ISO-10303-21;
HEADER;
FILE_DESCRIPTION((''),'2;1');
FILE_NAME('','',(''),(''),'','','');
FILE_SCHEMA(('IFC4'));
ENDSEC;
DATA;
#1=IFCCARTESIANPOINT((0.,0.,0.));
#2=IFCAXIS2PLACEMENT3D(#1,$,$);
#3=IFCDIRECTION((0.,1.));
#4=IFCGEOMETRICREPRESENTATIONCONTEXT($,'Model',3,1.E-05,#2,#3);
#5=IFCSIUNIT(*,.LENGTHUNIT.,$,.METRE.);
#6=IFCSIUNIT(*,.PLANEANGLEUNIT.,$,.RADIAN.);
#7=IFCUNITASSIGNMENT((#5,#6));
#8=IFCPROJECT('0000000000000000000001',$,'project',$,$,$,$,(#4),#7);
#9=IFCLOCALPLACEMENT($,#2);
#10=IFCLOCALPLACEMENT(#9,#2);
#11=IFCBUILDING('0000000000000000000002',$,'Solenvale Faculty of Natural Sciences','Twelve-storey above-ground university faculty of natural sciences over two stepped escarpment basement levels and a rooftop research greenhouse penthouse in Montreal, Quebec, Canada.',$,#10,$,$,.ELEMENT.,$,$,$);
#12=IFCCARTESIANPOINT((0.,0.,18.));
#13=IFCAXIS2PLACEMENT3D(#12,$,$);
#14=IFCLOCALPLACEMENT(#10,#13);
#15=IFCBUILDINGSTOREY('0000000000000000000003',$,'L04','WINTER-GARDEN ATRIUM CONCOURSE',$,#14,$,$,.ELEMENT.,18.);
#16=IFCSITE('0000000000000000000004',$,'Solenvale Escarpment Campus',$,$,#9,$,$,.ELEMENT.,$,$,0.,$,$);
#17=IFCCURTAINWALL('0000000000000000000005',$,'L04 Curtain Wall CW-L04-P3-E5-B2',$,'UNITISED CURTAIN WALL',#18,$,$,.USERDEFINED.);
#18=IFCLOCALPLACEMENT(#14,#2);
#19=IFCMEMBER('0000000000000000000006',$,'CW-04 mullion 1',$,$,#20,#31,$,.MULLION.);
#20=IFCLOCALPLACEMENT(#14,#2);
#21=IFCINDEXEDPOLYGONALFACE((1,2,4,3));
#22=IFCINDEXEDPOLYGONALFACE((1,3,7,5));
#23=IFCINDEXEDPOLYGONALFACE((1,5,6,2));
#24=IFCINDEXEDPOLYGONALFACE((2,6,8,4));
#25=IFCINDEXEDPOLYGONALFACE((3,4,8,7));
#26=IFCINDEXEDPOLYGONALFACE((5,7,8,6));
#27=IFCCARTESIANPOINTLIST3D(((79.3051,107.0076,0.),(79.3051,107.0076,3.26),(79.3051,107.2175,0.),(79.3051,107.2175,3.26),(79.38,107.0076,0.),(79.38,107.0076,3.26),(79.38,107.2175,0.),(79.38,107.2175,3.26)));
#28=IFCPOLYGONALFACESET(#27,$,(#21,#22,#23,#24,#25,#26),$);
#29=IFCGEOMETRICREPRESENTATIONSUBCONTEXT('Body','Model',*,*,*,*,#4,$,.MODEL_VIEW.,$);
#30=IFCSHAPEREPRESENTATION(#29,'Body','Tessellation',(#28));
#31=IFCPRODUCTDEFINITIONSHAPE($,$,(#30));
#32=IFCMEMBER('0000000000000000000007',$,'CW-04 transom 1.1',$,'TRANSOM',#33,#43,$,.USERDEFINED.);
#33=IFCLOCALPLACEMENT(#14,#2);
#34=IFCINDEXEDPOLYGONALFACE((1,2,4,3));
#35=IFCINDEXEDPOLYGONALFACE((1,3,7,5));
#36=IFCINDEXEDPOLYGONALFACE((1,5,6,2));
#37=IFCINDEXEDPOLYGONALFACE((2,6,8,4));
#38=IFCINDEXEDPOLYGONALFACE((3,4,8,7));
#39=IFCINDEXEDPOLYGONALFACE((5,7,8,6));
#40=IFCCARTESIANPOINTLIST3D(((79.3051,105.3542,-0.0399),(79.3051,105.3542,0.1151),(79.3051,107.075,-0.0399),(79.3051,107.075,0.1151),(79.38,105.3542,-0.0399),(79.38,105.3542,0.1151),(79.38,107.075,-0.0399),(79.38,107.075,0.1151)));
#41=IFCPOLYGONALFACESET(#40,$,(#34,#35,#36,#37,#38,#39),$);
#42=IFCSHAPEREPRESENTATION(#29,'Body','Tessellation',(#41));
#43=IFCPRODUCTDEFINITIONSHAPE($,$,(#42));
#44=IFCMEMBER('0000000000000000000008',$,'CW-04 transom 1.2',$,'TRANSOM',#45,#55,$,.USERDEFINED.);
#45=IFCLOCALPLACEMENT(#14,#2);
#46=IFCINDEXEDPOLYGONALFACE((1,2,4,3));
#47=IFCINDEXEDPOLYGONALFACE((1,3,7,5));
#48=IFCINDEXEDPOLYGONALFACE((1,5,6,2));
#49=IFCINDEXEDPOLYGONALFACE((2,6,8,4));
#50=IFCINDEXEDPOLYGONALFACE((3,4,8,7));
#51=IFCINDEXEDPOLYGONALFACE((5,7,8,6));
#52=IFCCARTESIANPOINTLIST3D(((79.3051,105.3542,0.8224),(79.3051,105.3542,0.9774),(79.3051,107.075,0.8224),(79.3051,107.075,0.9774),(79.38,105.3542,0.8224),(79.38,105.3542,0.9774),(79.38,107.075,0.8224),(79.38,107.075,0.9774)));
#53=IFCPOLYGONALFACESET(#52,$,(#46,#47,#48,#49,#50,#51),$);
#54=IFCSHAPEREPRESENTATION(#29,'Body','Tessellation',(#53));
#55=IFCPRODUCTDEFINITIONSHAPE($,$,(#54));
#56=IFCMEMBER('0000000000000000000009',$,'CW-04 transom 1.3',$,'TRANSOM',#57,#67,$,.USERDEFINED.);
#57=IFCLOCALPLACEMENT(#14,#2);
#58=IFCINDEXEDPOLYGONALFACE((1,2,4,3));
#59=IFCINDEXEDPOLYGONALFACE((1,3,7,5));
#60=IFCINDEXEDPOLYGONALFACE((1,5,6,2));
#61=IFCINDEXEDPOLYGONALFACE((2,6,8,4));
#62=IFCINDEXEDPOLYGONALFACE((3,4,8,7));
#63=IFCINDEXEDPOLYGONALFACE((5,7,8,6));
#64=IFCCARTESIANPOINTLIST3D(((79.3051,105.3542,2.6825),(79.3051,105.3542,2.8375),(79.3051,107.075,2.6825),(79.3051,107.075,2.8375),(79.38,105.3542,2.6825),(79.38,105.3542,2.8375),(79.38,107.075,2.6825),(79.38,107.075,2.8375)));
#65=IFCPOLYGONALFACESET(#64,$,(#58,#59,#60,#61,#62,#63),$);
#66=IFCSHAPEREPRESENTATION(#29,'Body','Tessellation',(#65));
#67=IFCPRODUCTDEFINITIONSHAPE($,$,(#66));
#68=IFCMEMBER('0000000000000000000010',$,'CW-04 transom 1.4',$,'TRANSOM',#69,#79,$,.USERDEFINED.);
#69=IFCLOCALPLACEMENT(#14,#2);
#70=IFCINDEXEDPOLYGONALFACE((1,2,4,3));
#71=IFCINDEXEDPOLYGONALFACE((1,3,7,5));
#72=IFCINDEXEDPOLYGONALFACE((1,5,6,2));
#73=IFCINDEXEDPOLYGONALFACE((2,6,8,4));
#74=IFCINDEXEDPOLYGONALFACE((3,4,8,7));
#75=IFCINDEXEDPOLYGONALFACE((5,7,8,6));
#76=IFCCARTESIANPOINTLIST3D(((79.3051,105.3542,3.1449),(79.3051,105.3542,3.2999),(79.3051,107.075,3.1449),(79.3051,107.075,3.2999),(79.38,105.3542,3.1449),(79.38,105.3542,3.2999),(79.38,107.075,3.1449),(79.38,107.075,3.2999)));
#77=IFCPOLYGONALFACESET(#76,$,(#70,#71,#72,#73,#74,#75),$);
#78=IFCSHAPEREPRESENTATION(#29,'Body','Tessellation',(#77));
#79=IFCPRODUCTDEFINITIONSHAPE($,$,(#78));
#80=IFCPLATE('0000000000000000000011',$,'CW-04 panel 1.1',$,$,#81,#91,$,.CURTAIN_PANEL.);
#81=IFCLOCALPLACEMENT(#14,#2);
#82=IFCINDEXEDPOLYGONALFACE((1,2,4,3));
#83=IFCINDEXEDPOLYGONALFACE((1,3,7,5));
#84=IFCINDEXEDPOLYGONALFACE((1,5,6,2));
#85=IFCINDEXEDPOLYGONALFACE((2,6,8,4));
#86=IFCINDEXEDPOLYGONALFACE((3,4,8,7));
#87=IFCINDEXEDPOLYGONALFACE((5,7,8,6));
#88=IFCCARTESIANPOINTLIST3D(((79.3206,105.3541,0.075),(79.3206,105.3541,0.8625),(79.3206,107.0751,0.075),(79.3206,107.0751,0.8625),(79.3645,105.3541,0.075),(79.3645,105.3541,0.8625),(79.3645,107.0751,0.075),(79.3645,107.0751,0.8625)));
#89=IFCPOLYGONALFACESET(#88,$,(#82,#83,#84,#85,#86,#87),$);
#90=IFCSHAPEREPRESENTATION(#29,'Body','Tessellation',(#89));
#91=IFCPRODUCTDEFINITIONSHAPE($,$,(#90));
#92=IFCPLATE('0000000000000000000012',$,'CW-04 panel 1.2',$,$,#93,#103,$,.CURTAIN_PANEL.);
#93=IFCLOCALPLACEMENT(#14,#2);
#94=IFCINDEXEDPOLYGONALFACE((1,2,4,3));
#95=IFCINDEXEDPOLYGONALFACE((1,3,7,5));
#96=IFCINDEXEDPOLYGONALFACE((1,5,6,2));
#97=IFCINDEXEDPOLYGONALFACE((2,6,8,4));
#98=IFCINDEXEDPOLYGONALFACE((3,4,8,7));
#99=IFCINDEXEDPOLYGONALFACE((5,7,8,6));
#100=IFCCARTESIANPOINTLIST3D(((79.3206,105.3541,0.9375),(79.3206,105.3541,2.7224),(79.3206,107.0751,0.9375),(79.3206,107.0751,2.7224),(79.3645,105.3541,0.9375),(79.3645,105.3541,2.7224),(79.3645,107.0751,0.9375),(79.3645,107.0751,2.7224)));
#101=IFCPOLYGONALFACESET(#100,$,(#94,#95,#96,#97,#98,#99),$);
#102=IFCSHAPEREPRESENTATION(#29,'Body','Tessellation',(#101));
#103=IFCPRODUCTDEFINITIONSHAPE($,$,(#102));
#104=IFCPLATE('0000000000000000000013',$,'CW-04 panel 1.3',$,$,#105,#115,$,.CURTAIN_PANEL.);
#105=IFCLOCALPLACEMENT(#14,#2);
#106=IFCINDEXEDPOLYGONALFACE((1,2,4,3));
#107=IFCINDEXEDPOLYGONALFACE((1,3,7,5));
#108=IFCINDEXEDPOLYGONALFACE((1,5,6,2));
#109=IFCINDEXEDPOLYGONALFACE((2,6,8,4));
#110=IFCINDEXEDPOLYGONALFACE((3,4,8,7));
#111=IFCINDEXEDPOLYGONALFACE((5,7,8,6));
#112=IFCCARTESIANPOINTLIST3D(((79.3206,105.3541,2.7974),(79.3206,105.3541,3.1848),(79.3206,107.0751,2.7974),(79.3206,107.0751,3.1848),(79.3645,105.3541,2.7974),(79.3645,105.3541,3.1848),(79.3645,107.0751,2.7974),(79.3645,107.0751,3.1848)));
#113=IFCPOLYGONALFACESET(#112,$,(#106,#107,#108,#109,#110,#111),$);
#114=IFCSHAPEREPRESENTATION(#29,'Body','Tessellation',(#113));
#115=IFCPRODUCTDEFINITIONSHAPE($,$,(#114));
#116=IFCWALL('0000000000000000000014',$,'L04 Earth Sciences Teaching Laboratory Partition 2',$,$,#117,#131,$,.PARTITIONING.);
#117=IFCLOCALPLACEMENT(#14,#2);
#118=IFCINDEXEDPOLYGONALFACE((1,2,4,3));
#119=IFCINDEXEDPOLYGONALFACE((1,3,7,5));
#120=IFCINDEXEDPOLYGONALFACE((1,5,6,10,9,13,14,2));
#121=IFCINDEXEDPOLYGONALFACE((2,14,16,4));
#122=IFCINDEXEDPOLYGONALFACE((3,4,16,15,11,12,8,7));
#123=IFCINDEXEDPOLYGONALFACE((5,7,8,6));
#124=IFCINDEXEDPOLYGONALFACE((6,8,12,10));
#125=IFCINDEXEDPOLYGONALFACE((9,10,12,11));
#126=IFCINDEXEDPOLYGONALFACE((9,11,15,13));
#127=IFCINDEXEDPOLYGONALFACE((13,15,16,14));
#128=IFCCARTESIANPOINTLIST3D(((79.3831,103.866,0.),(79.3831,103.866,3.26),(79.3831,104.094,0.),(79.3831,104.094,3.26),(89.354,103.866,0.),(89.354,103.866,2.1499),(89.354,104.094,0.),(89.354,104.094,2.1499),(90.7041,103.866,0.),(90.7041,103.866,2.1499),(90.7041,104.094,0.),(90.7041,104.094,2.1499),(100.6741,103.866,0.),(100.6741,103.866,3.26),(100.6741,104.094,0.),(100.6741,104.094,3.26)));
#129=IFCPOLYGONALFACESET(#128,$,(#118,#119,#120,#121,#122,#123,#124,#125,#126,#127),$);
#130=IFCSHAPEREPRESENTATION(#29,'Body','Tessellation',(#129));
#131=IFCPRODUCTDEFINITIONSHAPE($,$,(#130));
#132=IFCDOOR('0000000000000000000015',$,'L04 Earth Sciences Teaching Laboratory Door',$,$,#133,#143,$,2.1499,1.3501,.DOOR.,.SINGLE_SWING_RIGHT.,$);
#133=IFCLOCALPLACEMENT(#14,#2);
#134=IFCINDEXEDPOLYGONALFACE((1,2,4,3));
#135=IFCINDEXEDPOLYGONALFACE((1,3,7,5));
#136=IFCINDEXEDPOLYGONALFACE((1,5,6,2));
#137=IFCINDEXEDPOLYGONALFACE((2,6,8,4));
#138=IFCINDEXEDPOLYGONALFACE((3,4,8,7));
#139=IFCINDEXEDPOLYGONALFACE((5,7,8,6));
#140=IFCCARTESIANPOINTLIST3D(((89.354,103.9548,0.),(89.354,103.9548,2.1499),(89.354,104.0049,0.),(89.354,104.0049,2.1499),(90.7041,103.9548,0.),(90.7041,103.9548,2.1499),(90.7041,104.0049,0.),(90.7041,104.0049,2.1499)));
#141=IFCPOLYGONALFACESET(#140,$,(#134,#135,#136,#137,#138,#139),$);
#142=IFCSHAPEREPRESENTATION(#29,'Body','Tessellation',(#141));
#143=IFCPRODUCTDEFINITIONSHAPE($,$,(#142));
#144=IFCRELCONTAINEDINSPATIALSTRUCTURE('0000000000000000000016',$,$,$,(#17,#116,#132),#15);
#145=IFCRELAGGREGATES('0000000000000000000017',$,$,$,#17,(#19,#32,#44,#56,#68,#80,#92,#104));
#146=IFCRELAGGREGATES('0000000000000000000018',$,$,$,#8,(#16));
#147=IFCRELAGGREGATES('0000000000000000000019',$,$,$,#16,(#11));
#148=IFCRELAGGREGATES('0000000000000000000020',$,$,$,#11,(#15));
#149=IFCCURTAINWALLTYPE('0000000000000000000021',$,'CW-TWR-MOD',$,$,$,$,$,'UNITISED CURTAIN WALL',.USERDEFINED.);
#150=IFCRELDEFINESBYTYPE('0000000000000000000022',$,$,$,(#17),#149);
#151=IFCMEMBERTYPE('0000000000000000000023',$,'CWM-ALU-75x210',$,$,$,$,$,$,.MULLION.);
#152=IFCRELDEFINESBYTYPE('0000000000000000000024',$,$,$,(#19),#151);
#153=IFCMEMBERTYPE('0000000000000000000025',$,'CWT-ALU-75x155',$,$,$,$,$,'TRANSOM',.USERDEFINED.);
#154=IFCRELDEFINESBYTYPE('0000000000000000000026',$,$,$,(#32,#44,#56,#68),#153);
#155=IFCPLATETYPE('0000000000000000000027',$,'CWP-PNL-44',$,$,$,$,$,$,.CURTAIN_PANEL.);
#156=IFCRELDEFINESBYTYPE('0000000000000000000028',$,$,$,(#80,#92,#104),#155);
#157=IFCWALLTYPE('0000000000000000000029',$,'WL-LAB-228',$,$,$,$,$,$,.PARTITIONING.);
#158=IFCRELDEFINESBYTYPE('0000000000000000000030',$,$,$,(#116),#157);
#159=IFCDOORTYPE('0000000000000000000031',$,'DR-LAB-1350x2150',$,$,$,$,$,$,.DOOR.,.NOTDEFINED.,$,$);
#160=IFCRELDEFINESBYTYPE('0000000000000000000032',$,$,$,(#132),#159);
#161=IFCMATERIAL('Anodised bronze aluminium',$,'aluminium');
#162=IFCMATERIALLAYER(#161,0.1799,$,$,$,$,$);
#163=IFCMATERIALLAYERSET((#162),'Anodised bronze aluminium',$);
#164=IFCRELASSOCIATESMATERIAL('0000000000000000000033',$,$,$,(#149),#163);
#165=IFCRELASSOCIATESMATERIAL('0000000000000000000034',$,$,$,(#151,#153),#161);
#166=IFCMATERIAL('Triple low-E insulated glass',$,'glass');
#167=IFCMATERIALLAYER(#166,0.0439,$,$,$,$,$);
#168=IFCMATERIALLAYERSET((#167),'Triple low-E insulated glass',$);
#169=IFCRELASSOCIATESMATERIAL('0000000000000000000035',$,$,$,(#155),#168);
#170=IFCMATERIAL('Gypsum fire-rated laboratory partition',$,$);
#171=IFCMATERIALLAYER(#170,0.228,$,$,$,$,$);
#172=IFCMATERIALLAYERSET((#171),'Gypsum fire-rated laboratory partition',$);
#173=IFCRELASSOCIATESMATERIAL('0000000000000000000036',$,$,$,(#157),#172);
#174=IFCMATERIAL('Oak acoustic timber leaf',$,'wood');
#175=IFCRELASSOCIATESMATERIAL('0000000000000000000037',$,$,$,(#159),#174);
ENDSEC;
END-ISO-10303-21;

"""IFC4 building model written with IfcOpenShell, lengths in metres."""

from ifc_helpers import new_model, si_unit, direction, frame, frame_2d, origin, origin_2d, place, context, subcontext, project, spatial, rectangle, extrude, material, layer, layer_set, material_profile, profile_set, type_object, element, fill, aggregate, save


model = new_model("IFC4")

# Units and contexts
model_context = context("Model", 3, precision=1e-05, world=origin(), true_north=direction((0.0, 1.0)))
body_context = subcontext(model_context, "Body", "Model", "MODEL_VIEW")
ifc_project = project(units=[si_unit("LENGTHUNIT", "METRE"), si_unit("PLANEANGLEUNIT", "RADIAN")], contexts=[model_context])

# Site, building, storey
site_placement = place(None, origin())
site = spatial("IfcSite", under=ifc_project, at=site_placement, Name="Solenvale Escarpment Campus", CompositionType="ELEMENT", RefElevation=0.0)
building_placement = place(site_placement, origin())
building = spatial("IfcBuilding", under=site, at=building_placement, Name="Solenvale Faculty of Natural Sciences", Description="Twelve-storey above-ground university faculty of natural sciences over two stepped escarpment basement levels and a rooftop research greenhouse penthouse in Montreal, Quebec, Canada.", CompositionType="ELEMENT")
storey_placement = place(building_placement, frame((0.0, 0.0, 18.0)))
storey = spatial("IfcBuildingStorey", under=building, at=storey_placement, Name="L04", Description="WINTER-GARDEN ATRIUM CONCOURSE", CompositionType="ELEMENT", Elevation=18.0)

# Curtain wall, members, plates
ifc_material_1 = material(Name="Anodised bronze aluminium", Category="aluminium")
ifc_layer_1 = layer(ifc_material_1, 0.1799)
ifc_layer_set_1 = layer_set([ifc_layer_1], Name="Anodised bronze aluminium")
curtain_wall_type = type_object("IfcCurtainWallType", Name="CW-TWR-MOD", ElementType="UNITISED CURTAIN WALL", PredefinedType="USERDEFINED", material=ifc_layer_set_1)
curtain_wall_placement = place(storey_placement, origin())
curtain_wall = element("IfcCurtainWall", 1, at=curtain_wall_placement, inside=storey, type_object=curtain_wall_type, Name="L04 Curtain Wall CW-L04-P3-E5-B2", ObjectType="UNITISED CURTAIN WALL", PredefinedType="USERDEFINED")
ifc_material_profile_1 = material_profile(ifc_material_1, rectangle(XDim=0.075, YDim=0.21, at=origin_2d()), Name="ALU-MUL-75x210")
ifc_profile_set_1 = profile_set([ifc_material_profile_1], Name="Anodised bronze aluminium")
member_type_1 = type_object("IfcMemberType", Name="CWM-ALU-75x210", PredefinedType="MULLION", material=ifc_profile_set_1)
member_1_placement = place(storey_placement, frame((79.3425, 107.1125, 0.0), z_axis=(0.0, 0.0, 1.0), x_axis=(1.0, 0.0, 0.0)))
member_1 = element("IfcMember", 2, at=member_1_placement, type_object=member_type_1, Name="CW-04 mullion 1", PredefinedType="MULLION", context=body_context, shape_type="SweptSolid", body=[
    extrude(rectangle(XDim=0.075, YDim=0.21, at=origin_2d()), origin(), (0.0, 0.0, 1.0), 3.26),
])
ifc_material_profile_2 = material_profile(ifc_material_1, rectangle(XDim=0.075, YDim=0.155, at=origin_2d()), Name="ALU-TRN-75x155")
ifc_profile_set_2 = profile_set([ifc_material_profile_2], Name="Anodised bronze aluminium")
member_type_2 = type_object("IfcMemberType", Name="CWT-ALU-75x155", ElementType="TRANSOM", PredefinedType="USERDEFINED", material=ifc_profile_set_2)
member_2_placement = place(storey_placement, frame((79.3425, 107.075, 0.0376), z_axis=(0.0, -1.0, 0.0), x_axis=(1.0, 0.0, 0.0)))
member_2 = element("IfcMember", 3, at=member_2_placement, type_object=member_type_2, Name="CW-04 transom 1.1", ObjectType="TRANSOM", PredefinedType="USERDEFINED", context=body_context, shape_type="SweptSolid", body=[
    extrude(rectangle(XDim=0.075, YDim=0.155, at=origin_2d()), origin(), (0.0, 0.0, 1.0), 1.7207),
])
member_3_placement = place(storey_placement, frame((79.3425, 107.075, 0.8999), z_axis=(0.0, -1.0, 0.0), x_axis=(1.0, 0.0, 0.0)))
member_3 = element("IfcMember", 4, at=member_3_placement, type_object=member_type_2, Name="CW-04 transom 1.2", ObjectType="TRANSOM", PredefinedType="USERDEFINED", context=body_context, shape_type="SweptSolid", body=[
    extrude(rectangle(XDim=0.075, YDim=0.155, at=origin_2d()), origin(), (0.0, 0.0, 1.0), 1.7207),
])
member_4_placement = place(storey_placement, frame((79.3425, 107.075, 2.76), z_axis=(0.0, -1.0, 0.0), x_axis=(1.0, 0.0, 0.0)))
member_4 = element("IfcMember", 5, at=member_4_placement, type_object=member_type_2, Name="CW-04 transom 1.3", ObjectType="TRANSOM", PredefinedType="USERDEFINED", context=body_context, shape_type="SweptSolid", body=[
    extrude(rectangle(XDim=0.075, YDim=0.155, at=origin_2d()), origin(), (0.0, 0.0, 1.0), 1.7207),
])
member_5_placement = place(storey_placement, frame((79.3425, 107.075, 3.2224), z_axis=(0.0, -1.0, 0.0), x_axis=(1.0, 0.0, 0.0)))
member_5 = element("IfcMember", 6, at=member_5_placement, type_object=member_type_2, Name="CW-04 transom 1.4", ObjectType="TRANSOM", PredefinedType="USERDEFINED", context=body_context, shape_type="SweptSolid", body=[
    extrude(rectangle(XDim=0.075, YDim=0.155, at=origin_2d()), origin(), (0.0, 0.0, 1.0), 1.7207),
])
ifc_material_2 = material(Name="Triple low-E insulated glass", Category="glass")
ifc_layer_2 = layer(ifc_material_2, 0.0439)
ifc_layer_set_2 = layer_set([ifc_layer_2], Name="Triple low-E insulated glass")
plate_type = type_object("IfcPlateType", Name="CWP-PNL-44", PredefinedType="CURTAIN_PANEL", material=ifc_layer_set_2)
plate_1_placement = place(storey_placement, frame((79.3425, 106.2146, 0.075), z_axis=(0.0, 0.0, 1.0), x_axis=(0.0, -1.0, 0.0)))
plate_1 = element("IfcPlate", 7, at=plate_1_placement, type_object=plate_type, Name="CW-04 panel 1.1", PredefinedType="CURTAIN_PANEL", context=body_context, shape_type="SweptSolid", body=[
    extrude(rectangle(XDim=1.7209, YDim=0.0439, at=origin_2d()), origin(), (0.0, 0.0, 1.0), 0.7876),
])
plate_2_placement = place(storey_placement, frame((79.3425, 106.2146, 0.9375), z_axis=(0.0, 0.0, 1.0), x_axis=(0.0, -1.0, 0.0)))
plate_2 = element("IfcPlate", 8, at=plate_2_placement, type_object=plate_type, Name="CW-04 panel 1.2", PredefinedType="CURTAIN_PANEL", context=body_context, shape_type="SweptSolid", body=[
    extrude(rectangle(XDim=1.7209, YDim=0.0439, at=origin_2d()), origin(), (0.0, 0.0, 1.0), 1.7849),
])
plate_3_placement = place(storey_placement, frame((79.3425, 106.2146, 2.7974), z_axis=(0.0, 0.0, 1.0), x_axis=(0.0, -1.0, 0.0)))
plate_3 = element("IfcPlate", 9, at=plate_3_placement, type_object=plate_type, Name="CW-04 panel 1.3", PredefinedType="CURTAIN_PANEL", context=body_context, shape_type="SweptSolid", body=[
    extrude(rectangle(XDim=1.7209, YDim=0.0439, at=origin_2d()), origin(), (0.0, 0.0, 1.0), 0.3875),
])
aggregate(curtain_wall, [member_1, member_2, member_3, member_4, member_5, plate_1, plate_2, plate_3])

# Wall, opening, door
ifc_material_3 = material(Name="Gypsum fire-rated laboratory partition")
ifc_layer_3 = layer(ifc_material_3, 0.228)
ifc_layer_set_3 = layer_set([ifc_layer_3], Name="Gypsum fire-rated laboratory partition")
wall_type = type_object("IfcWallType", Name="WL-LAB-228", PredefinedType="PARTITIONING", material=ifc_layer_set_3)
wall_placement = place(storey_placement, frame((79.3831, 103.98, 0.0), z_axis=(0.0, 0.0, 1.0), x_axis=(1.0, 0.0, 0.0)))
wall = element("IfcWall", 10, at=wall_placement, inside=storey, type_object=wall_type, Name="L04 Earth Sciences Teaching Laboratory Partition 2", PredefinedType="PARTITIONING", context=body_context, shape_type="SweptSolid", body=[
    extrude(rectangle(XDim=21.291, YDim=0.228, at=frame_2d((10.6455, 0.0))), origin(), (0.0, 0.0, 1.0), 3.26),
])
opening_placement = place(wall_placement, frame((9.9709, 0.0, 0.0)))
opening = element("IfcOpeningElement", 11, at=opening_placement, cuts=wall, PredefinedType="OPENING", context=body_context, shape_type="SweptSolid", body=[
    extrude(rectangle(XDim=1.3501, YDim=2.1499, at=frame_2d((0.675, 1.075))), frame((0.0, 0.124, 0.0), z_axis=(0.0, -1.0, 0.0), x_axis=(1.0, 0.0, 0.0)), (0.0, 0.0, 1.0), 0.248),
])
ifc_material_4 = material(Name="Oak acoustic timber leaf", Category="wood")
door_type = type_object("IfcDoorType", Name="DR-LAB-1350x2150", OperationType="NOTDEFINED", PredefinedType="DOOR", material=ifc_material_4)
door_placement = place(opening_placement, origin())
door = element("IfcDoor", 12, at=door_placement, inside=storey, type_object=door_type, Name="L04 Earth Sciences Teaching Laboratory Door", OperationType="SINGLE_SWING_RIGHT", OverallHeight=2.1499, OverallWidth=1.3501, PredefinedType="DOOR", context=body_context, shape_type="SweptSolid", body=[
    extrude(rectangle(XDim=1.3501, YDim=2.1499, at=frame_2d((0.675, 1.075))), frame((0.0, 0.0249, 0.0), z_axis=(0.0, -1.0, 0.0), x_axis=(1.0, 0.0, 0.0)), (0.0, 0.0, 1.0), 0.05),
])
fill(opening, door)

save(model, "model.ifc")
